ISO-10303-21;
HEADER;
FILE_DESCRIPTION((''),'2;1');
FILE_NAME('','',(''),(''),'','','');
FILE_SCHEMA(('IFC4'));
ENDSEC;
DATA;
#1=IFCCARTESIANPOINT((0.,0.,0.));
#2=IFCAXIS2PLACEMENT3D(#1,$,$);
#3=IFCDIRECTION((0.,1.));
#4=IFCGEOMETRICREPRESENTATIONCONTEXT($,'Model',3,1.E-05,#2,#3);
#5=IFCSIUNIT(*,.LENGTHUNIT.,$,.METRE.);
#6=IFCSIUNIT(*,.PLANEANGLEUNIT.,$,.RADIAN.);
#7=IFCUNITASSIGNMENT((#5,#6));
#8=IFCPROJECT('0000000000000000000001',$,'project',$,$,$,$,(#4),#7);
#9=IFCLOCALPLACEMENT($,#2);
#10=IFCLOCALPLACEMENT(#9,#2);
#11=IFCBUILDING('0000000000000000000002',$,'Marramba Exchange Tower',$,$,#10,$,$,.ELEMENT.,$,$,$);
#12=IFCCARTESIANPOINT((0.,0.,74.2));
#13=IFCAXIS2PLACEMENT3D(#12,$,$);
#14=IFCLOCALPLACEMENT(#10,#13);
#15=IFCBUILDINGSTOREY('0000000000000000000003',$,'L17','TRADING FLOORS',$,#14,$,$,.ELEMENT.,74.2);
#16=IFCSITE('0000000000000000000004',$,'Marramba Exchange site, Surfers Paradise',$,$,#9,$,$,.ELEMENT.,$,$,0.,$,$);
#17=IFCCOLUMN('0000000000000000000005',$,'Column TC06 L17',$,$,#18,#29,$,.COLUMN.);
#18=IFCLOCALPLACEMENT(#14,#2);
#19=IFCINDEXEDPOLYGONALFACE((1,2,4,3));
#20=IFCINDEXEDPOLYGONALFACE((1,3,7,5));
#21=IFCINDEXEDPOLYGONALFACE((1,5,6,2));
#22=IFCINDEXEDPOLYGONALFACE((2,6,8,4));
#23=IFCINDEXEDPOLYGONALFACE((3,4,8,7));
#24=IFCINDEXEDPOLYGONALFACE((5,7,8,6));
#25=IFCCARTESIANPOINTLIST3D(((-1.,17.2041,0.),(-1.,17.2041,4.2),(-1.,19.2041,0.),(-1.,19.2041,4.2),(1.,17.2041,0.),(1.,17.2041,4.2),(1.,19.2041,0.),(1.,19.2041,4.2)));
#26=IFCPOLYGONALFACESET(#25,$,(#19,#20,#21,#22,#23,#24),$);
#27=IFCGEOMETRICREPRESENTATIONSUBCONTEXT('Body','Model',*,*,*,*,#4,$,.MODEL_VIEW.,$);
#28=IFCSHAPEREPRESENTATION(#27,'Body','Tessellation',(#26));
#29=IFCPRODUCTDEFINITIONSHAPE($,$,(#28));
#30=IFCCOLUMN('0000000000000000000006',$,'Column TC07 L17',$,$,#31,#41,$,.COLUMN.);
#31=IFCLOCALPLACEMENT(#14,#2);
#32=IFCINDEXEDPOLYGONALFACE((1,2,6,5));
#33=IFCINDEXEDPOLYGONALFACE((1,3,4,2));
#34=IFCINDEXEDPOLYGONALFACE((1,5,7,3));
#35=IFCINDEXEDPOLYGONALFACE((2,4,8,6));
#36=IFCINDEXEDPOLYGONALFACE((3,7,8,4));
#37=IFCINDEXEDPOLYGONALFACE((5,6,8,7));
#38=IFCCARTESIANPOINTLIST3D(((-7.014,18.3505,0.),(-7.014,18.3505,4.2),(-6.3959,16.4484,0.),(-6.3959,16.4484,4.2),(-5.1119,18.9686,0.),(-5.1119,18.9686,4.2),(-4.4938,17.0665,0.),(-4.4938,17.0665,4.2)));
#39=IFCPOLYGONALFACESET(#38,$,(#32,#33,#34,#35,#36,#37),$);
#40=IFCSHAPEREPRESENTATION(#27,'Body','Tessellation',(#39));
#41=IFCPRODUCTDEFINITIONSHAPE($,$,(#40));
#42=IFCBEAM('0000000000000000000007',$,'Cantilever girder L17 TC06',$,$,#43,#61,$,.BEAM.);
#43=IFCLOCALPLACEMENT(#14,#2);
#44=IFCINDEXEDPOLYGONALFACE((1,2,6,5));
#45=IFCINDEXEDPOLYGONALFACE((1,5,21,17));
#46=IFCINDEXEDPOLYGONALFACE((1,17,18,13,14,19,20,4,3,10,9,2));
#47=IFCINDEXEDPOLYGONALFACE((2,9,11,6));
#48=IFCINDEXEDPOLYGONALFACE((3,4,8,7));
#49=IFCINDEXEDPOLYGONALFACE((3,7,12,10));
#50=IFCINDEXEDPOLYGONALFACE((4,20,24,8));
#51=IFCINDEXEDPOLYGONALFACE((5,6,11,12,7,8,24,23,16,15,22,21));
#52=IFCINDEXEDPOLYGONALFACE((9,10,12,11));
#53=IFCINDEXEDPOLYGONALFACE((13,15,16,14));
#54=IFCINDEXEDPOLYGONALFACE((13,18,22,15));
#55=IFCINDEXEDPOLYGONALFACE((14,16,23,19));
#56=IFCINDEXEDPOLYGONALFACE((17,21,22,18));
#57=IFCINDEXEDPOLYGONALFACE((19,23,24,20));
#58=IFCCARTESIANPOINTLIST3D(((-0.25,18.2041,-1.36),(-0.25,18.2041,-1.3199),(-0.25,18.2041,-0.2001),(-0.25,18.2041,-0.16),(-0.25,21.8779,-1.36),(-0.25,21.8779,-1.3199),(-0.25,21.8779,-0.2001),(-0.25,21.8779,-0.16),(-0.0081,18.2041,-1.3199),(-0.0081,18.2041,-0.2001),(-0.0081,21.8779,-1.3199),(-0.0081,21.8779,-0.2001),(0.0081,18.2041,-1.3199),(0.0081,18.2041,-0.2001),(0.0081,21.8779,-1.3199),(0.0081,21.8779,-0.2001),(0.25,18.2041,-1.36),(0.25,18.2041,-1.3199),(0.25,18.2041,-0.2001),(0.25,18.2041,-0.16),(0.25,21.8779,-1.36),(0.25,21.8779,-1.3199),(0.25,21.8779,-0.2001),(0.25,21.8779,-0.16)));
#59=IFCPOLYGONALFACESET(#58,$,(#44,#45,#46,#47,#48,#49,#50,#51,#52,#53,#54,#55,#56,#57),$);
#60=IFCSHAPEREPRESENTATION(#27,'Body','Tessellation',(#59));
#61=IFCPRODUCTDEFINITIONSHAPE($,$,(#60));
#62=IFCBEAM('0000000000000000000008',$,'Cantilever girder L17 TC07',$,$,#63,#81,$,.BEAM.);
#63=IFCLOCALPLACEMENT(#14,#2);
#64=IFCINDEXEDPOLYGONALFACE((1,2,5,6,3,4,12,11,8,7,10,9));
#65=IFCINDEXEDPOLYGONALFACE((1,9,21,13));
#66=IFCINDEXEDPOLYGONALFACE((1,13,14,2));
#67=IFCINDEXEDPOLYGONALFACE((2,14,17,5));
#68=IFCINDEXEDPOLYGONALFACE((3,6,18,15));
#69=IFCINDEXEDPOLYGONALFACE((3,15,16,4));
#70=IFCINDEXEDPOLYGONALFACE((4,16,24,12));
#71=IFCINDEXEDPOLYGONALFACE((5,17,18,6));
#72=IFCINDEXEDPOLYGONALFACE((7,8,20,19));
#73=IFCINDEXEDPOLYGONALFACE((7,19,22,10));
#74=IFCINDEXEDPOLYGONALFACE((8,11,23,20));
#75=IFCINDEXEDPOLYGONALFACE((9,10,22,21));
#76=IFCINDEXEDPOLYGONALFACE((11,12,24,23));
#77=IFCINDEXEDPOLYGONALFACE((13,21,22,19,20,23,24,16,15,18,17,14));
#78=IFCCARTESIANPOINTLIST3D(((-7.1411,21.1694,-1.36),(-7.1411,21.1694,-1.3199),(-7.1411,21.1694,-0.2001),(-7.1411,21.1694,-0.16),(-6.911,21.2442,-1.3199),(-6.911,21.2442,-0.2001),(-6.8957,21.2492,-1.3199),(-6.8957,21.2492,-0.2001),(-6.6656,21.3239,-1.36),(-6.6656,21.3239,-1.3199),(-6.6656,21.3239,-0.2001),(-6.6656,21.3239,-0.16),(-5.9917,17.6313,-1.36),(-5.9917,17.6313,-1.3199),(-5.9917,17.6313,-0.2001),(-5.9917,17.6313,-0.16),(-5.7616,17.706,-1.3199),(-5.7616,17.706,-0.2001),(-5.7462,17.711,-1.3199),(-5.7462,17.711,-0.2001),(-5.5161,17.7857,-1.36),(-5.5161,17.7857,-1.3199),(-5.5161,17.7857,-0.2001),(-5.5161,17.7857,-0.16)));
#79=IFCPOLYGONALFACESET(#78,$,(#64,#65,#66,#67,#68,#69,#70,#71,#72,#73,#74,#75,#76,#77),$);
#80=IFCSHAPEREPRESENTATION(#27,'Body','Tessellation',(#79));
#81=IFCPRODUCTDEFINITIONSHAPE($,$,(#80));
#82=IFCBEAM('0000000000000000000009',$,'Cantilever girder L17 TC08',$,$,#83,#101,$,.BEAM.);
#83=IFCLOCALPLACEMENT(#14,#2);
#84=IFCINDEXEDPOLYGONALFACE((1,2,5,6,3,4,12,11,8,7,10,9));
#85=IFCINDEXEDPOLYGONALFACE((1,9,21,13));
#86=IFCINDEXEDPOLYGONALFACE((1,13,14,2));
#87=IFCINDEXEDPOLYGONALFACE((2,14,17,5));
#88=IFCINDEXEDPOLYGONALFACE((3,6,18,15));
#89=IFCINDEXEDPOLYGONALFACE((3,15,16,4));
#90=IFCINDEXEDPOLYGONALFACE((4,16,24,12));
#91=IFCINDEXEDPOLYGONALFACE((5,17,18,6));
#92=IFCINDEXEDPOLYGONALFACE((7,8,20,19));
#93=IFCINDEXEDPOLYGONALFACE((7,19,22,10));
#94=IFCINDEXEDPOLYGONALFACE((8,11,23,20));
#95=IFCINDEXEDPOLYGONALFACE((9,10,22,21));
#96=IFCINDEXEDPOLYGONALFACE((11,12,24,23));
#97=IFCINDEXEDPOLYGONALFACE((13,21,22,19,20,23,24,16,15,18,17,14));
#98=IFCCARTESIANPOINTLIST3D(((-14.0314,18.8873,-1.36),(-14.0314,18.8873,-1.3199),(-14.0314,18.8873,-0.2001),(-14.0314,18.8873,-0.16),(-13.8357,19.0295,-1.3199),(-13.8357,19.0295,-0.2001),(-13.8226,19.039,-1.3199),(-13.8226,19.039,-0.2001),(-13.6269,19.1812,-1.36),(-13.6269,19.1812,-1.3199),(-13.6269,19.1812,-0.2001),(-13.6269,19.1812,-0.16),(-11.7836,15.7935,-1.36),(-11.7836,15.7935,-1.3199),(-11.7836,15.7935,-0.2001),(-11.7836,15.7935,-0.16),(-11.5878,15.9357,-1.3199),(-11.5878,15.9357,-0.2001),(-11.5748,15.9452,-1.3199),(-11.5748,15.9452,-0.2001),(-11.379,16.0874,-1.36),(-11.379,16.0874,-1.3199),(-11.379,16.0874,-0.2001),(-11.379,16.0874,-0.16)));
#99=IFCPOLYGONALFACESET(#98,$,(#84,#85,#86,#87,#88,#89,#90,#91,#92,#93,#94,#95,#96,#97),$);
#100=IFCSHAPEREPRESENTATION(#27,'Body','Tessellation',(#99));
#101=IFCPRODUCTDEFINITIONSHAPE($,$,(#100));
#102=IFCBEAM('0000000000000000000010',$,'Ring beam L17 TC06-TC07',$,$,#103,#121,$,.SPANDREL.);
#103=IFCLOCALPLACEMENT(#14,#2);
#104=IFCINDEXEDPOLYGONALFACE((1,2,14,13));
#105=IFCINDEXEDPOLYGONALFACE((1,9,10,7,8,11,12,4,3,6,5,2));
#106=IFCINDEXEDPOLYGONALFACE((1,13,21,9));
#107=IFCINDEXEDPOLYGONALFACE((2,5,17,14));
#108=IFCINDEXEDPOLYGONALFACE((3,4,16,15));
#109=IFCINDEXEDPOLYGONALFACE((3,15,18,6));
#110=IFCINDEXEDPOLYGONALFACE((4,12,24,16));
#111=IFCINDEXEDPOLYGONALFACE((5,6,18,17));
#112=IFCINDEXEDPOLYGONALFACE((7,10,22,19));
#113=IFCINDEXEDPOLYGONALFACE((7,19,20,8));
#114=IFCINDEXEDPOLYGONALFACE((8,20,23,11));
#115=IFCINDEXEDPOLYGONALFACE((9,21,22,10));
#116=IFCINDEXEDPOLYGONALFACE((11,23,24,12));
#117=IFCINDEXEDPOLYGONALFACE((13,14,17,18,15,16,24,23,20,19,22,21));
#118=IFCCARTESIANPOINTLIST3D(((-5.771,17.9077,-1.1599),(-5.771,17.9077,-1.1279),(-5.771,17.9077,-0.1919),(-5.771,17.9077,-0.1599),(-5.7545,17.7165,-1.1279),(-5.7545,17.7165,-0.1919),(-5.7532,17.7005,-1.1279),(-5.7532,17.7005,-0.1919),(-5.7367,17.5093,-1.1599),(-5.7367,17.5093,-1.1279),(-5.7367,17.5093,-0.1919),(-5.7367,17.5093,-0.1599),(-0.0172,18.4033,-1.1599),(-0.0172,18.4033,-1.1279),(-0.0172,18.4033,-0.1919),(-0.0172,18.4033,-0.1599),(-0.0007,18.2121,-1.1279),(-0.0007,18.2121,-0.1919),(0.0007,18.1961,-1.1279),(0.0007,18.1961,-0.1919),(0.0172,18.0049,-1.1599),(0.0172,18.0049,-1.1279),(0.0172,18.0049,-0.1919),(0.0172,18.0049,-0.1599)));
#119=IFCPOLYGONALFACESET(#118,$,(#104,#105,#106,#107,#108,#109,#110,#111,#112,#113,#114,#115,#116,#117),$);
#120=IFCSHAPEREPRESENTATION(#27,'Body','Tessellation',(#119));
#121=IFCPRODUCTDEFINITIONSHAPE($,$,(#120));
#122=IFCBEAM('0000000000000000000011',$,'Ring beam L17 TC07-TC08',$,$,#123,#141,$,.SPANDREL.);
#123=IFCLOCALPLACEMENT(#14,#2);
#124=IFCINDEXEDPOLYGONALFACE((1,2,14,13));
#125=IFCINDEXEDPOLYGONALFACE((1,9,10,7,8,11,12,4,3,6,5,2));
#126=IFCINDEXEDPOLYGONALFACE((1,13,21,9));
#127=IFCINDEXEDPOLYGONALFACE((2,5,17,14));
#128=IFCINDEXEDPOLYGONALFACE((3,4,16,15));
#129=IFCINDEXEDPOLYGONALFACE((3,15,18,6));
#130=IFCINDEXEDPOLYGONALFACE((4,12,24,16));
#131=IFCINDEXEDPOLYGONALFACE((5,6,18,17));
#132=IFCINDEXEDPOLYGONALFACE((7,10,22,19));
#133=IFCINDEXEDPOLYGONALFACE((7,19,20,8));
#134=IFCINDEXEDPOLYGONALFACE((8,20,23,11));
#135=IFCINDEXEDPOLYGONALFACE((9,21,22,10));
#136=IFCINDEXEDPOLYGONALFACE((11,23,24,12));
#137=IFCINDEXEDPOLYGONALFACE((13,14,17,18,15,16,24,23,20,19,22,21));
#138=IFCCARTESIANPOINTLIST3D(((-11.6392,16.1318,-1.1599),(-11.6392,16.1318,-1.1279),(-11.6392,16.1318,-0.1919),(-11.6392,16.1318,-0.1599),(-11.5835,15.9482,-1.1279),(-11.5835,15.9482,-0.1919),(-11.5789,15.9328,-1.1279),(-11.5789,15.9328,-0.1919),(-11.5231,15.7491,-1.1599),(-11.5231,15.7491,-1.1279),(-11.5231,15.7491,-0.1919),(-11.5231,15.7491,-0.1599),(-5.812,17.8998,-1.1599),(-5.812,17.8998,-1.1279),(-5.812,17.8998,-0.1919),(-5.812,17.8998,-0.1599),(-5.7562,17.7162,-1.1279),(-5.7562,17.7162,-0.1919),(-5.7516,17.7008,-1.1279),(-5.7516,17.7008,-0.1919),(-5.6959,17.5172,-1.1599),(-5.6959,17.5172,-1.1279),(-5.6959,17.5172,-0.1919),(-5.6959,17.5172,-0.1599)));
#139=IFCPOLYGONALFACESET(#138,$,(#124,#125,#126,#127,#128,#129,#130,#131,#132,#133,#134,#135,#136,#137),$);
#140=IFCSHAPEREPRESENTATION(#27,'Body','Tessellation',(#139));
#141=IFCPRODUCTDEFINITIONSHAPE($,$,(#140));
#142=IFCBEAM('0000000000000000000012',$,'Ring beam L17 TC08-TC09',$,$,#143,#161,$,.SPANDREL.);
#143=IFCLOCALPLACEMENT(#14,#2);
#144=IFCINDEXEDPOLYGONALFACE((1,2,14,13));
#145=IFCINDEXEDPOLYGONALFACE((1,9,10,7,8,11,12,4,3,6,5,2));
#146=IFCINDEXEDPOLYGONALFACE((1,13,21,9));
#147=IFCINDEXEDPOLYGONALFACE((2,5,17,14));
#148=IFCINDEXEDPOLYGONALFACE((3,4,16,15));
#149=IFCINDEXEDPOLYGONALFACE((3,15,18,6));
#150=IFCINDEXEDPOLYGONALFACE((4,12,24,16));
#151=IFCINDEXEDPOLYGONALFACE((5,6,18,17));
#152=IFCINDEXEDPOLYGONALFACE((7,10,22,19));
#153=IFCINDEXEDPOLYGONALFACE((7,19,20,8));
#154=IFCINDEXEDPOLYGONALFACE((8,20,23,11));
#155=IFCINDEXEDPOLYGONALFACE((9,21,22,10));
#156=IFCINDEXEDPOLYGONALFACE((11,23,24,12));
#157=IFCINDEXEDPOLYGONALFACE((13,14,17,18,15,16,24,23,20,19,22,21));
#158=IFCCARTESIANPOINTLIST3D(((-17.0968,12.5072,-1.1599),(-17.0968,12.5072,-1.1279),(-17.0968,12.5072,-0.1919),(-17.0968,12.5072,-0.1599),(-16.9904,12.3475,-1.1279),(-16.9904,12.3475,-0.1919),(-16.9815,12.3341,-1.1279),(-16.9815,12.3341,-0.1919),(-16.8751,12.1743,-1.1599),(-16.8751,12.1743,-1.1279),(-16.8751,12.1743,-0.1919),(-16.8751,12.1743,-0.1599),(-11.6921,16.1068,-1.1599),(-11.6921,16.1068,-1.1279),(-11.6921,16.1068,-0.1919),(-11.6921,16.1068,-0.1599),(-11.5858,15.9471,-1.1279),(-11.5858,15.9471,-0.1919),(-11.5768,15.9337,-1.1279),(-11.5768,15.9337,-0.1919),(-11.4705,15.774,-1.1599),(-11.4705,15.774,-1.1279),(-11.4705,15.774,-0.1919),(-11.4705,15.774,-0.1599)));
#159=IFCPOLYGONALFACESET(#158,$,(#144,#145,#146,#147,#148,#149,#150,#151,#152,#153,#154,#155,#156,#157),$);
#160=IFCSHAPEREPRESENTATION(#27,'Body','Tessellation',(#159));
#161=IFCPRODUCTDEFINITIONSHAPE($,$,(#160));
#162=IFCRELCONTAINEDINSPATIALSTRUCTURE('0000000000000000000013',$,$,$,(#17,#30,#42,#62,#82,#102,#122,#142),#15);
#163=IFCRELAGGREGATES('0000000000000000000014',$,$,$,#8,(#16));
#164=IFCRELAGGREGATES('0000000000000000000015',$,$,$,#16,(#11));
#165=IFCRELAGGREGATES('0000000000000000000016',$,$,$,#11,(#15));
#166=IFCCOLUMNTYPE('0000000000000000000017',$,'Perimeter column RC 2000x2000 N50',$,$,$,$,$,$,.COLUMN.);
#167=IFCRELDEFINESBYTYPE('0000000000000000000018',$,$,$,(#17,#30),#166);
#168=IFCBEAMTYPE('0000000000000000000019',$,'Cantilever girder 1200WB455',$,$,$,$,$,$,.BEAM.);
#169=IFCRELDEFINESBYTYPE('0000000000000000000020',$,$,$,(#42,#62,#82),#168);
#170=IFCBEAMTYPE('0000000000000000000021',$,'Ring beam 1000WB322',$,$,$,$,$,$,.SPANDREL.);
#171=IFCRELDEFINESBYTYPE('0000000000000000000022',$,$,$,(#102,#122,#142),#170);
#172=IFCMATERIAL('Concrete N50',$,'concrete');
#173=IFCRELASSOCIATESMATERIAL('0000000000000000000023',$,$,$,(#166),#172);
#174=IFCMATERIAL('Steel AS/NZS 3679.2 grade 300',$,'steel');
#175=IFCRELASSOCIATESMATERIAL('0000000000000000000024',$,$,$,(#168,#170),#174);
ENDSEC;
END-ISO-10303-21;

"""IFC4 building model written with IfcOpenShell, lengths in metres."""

from ifc_helpers import new_model, si_unit, direction, frame, origin, origin_2d, place, context, subcontext, project, spatial, rectangle, i_section, extrude, material, material_profile, profile_set, type_object, element, save


model = new_model("IFC4")

# Units and contexts
model_context = context("Model", 3, precision=1e-05, world=origin(), true_north=direction((0.0, 1.0)))
body_context = subcontext(model_context, "Body", "Model", "MODEL_VIEW")
ifc_project = project(units=[si_unit("LENGTHUNIT", "METRE"), si_unit("PLANEANGLEUNIT", "RADIAN")], contexts=[model_context])

# Site, building, storey
site_placement = place(None, origin())
site = spatial("IfcSite", under=ifc_project, at=site_placement, Name="Marramba Exchange site, Surfers Paradise", CompositionType="ELEMENT", RefElevation=0.0)
building_placement = place(site_placement, origin())
building = spatial("IfcBuilding", under=site, at=building_placement, Name="Marramba Exchange Tower", CompositionType="ELEMENT")
storey_placement = place(building_placement, frame((0.0, 0.0, 74.2)))
storey = spatial("IfcBuildingStorey", under=building, at=storey_placement, Name="L17", Description="TRADING FLOORS", CompositionType="ELEMENT", Elevation=74.2)

# Columns
ifc_material_1 = material(Name="Concrete N50", Category="concrete")
ifc_material_profile_1 = material_profile(ifc_material_1, rectangle(XDim=2.0, YDim=2.0, at=origin_2d()), Name="RC 2000x2000")
ifc_profile_set_1 = profile_set([ifc_material_profile_1], Name="Concrete N50")
column_type = type_object("IfcColumnType", Name="Perimeter column RC 2000x2000 N50", PredefinedType="COLUMN", material=ifc_profile_set_1)
for number, where, z_axis, x_axis, name in (
    (1, (0.0, 18.2041, 0.0), (0.0, 0.0, 1.0), (0.0, 1.0, 0.0), "Column TC06 L17"),
    (2, (-5.7539, 17.7085, 0.0), (0.0, 0.0, 1.0), (-0.309017, 0.951057, 0.0), "Column TC07 L17"),
):
    element("IfcColumn", number, at=place(storey_placement, frame(where, z_axis=z_axis, x_axis=x_axis)), inside=storey, type_object=column_type, Name=name, PredefinedType="COLUMN", context=body_context, shape_type="SweptSolid", body=[
        extrude(rectangle(XDim=2.0, YDim=2.0, at=origin_2d()), origin(), (0.0, 0.0, 1.0), 4.2),
    ])

# Beams
ifc_material_2 = material(Name="Steel AS/NZS 3679.2 grade 300", Category="steel")
ifc_material_profile_2 = material_profile(ifc_material_2, i_section(OverallWidth=0.5, OverallDepth=1.2, WebThickness=0.0161, FlangeThickness=0.04, at=origin_2d()), Name="1200WB455")
ifc_profile_set_2 = profile_set([ifc_material_profile_2], Name="Steel AS/NZS 3679.2 grade 300")
beam_type_1 = type_object("IfcBeamType", Name="Cantilever girder 1200WB455", PredefinedType="BEAM", material=ifc_profile_set_2)
beam_1_placement = place(storey_placement, frame((0.0, 18.2041, -0.76), z_axis=(0.0, 1.0, 0.0), x_axis=(-1.0, 0.0, 0.0)))
element("IfcBeam", 3, at=beam_1_placement, inside=storey, type_object=beam_type_1, Name="Cantilever girder L17 TC06", PredefinedType="BEAM", context=body_context, shape_type="SweptSolid", body=[
    extrude(i_section(OverallWidth=0.5, OverallDepth=1.2, WebThickness=0.0161, FlangeThickness=0.04, at=origin_2d()), origin(), (0.0, 0.0, 1.0), 3.6738),
])
beam_2_placement = place(storey_placement, frame((-5.7539, 17.7085, -0.76), z_axis=(-0.308973, 0.951071, 0.0), x_axis=(-0.951071, -0.308973, 0.0)))
element("IfcBeam", 4, at=beam_2_placement, inside=storey, type_object=beam_type_1, Name="Cantilever girder L17 TC07", PredefinedType="BEAM", context=body_context, shape_type="SweptSolid", body=[
    extrude(i_section(OverallWidth=0.5, OverallDepth=1.2, WebThickness=0.0161, FlangeThickness=0.04, at=origin_2d()), origin(), (0.0, 0.0, 1.0), 3.7202),
])
beam_3_placement = place(storey_placement, frame((-11.5813, 15.9404, -0.76), z_axis=(-0.587796, 0.809009, 0.0), x_axis=(-0.809009, -0.587796, 0.0)))
element("IfcBeam", 5, at=beam_3_placement, inside=storey, type_object=beam_type_1, Name="Cantilever girder L17 TC08", PredefinedType="BEAM", context=body_context, shape_type="SweptSolid", body=[
    extrude(i_section(OverallWidth=0.5, OverallDepth=1.2, WebThickness=0.0161, FlangeThickness=0.04, at=origin_2d()), origin(), (0.0, 0.0, 1.0), 3.8242),
])
ifc_material_profile_3 = material_profile(ifc_material_2, i_section(OverallWidth=0.3999, OverallDepth=1.0, WebThickness=0.0161, FlangeThickness=0.032, at=origin_2d()), Name="1000WB322")
ifc_profile_set_3 = profile_set([ifc_material_profile_3], Name="Steel AS/NZS 3679.2 grade 300")
beam_type_2 = type_object("IfcBeamType", Name="Ring beam 1000WB322", PredefinedType="SPANDREL", material=ifc_profile_set_3)
beam_4_placement = place(storey_placement, frame((0.0, 18.2041, -0.6599), z_axis=(-0.996311, -0.085816, 0.0), x_axis=(0.085816, -0.996311, 0.0)))
element("IfcBeam", 6, at=beam_4_placement, inside=storey, type_object=beam_type_2, Name="Ring beam L17 TC06-TC07", PredefinedType="SPANDREL", context=body_context, shape_type="SweptSolid", body=[
    extrude(i_section(OverallWidth=0.3999, OverallDepth=1.0, WebThickness=0.0161, FlangeThickness=0.032, at=origin_2d()), origin(), (0.0, 0.0, 1.0), 5.7751),
])
beam_5_placement = place(storey_placement, frame((-5.7539, 17.7085, -0.6599), z_axis=(-0.956925, -0.290337, 0.0), x_axis=(0.290337, -0.956925, 0.0)))
element("IfcBeam", 7, at=beam_5_placement, inside=storey, type_object=beam_type_2, Name="Ring beam L17 TC07-TC08", PredefinedType="SPANDREL", context=body_context, shape_type="SweptSolid", body=[
    extrude(i_section(OverallWidth=0.3999, OverallDepth=1.0, WebThickness=0.0161, FlangeThickness=0.032, at=origin_2d()), origin(), (0.0, 0.0, 1.0), 6.0896),
])
beam_6_placement = place(storey_placement, frame((-11.5813, 15.9404, -0.6599), z_axis=(-0.832293, -0.554336, 0.0), x_axis=(0.554336, -0.832293, 0.0)))
element("IfcBeam", 8, at=beam_6_placement, inside=storey, type_object=beam_type_2, Name="Ring beam L17 TC08-TC09", PredefinedType="SPANDREL", context=body_context, shape_type="SweptSolid", body=[
    extrude(i_section(OverallWidth=0.3999, OverallDepth=1.0, WebThickness=0.0161, FlangeThickness=0.032, at=origin_2d()), origin(), (0.0, 0.0, 1.0), 6.4937),
])

save(model, "model.ifc")
